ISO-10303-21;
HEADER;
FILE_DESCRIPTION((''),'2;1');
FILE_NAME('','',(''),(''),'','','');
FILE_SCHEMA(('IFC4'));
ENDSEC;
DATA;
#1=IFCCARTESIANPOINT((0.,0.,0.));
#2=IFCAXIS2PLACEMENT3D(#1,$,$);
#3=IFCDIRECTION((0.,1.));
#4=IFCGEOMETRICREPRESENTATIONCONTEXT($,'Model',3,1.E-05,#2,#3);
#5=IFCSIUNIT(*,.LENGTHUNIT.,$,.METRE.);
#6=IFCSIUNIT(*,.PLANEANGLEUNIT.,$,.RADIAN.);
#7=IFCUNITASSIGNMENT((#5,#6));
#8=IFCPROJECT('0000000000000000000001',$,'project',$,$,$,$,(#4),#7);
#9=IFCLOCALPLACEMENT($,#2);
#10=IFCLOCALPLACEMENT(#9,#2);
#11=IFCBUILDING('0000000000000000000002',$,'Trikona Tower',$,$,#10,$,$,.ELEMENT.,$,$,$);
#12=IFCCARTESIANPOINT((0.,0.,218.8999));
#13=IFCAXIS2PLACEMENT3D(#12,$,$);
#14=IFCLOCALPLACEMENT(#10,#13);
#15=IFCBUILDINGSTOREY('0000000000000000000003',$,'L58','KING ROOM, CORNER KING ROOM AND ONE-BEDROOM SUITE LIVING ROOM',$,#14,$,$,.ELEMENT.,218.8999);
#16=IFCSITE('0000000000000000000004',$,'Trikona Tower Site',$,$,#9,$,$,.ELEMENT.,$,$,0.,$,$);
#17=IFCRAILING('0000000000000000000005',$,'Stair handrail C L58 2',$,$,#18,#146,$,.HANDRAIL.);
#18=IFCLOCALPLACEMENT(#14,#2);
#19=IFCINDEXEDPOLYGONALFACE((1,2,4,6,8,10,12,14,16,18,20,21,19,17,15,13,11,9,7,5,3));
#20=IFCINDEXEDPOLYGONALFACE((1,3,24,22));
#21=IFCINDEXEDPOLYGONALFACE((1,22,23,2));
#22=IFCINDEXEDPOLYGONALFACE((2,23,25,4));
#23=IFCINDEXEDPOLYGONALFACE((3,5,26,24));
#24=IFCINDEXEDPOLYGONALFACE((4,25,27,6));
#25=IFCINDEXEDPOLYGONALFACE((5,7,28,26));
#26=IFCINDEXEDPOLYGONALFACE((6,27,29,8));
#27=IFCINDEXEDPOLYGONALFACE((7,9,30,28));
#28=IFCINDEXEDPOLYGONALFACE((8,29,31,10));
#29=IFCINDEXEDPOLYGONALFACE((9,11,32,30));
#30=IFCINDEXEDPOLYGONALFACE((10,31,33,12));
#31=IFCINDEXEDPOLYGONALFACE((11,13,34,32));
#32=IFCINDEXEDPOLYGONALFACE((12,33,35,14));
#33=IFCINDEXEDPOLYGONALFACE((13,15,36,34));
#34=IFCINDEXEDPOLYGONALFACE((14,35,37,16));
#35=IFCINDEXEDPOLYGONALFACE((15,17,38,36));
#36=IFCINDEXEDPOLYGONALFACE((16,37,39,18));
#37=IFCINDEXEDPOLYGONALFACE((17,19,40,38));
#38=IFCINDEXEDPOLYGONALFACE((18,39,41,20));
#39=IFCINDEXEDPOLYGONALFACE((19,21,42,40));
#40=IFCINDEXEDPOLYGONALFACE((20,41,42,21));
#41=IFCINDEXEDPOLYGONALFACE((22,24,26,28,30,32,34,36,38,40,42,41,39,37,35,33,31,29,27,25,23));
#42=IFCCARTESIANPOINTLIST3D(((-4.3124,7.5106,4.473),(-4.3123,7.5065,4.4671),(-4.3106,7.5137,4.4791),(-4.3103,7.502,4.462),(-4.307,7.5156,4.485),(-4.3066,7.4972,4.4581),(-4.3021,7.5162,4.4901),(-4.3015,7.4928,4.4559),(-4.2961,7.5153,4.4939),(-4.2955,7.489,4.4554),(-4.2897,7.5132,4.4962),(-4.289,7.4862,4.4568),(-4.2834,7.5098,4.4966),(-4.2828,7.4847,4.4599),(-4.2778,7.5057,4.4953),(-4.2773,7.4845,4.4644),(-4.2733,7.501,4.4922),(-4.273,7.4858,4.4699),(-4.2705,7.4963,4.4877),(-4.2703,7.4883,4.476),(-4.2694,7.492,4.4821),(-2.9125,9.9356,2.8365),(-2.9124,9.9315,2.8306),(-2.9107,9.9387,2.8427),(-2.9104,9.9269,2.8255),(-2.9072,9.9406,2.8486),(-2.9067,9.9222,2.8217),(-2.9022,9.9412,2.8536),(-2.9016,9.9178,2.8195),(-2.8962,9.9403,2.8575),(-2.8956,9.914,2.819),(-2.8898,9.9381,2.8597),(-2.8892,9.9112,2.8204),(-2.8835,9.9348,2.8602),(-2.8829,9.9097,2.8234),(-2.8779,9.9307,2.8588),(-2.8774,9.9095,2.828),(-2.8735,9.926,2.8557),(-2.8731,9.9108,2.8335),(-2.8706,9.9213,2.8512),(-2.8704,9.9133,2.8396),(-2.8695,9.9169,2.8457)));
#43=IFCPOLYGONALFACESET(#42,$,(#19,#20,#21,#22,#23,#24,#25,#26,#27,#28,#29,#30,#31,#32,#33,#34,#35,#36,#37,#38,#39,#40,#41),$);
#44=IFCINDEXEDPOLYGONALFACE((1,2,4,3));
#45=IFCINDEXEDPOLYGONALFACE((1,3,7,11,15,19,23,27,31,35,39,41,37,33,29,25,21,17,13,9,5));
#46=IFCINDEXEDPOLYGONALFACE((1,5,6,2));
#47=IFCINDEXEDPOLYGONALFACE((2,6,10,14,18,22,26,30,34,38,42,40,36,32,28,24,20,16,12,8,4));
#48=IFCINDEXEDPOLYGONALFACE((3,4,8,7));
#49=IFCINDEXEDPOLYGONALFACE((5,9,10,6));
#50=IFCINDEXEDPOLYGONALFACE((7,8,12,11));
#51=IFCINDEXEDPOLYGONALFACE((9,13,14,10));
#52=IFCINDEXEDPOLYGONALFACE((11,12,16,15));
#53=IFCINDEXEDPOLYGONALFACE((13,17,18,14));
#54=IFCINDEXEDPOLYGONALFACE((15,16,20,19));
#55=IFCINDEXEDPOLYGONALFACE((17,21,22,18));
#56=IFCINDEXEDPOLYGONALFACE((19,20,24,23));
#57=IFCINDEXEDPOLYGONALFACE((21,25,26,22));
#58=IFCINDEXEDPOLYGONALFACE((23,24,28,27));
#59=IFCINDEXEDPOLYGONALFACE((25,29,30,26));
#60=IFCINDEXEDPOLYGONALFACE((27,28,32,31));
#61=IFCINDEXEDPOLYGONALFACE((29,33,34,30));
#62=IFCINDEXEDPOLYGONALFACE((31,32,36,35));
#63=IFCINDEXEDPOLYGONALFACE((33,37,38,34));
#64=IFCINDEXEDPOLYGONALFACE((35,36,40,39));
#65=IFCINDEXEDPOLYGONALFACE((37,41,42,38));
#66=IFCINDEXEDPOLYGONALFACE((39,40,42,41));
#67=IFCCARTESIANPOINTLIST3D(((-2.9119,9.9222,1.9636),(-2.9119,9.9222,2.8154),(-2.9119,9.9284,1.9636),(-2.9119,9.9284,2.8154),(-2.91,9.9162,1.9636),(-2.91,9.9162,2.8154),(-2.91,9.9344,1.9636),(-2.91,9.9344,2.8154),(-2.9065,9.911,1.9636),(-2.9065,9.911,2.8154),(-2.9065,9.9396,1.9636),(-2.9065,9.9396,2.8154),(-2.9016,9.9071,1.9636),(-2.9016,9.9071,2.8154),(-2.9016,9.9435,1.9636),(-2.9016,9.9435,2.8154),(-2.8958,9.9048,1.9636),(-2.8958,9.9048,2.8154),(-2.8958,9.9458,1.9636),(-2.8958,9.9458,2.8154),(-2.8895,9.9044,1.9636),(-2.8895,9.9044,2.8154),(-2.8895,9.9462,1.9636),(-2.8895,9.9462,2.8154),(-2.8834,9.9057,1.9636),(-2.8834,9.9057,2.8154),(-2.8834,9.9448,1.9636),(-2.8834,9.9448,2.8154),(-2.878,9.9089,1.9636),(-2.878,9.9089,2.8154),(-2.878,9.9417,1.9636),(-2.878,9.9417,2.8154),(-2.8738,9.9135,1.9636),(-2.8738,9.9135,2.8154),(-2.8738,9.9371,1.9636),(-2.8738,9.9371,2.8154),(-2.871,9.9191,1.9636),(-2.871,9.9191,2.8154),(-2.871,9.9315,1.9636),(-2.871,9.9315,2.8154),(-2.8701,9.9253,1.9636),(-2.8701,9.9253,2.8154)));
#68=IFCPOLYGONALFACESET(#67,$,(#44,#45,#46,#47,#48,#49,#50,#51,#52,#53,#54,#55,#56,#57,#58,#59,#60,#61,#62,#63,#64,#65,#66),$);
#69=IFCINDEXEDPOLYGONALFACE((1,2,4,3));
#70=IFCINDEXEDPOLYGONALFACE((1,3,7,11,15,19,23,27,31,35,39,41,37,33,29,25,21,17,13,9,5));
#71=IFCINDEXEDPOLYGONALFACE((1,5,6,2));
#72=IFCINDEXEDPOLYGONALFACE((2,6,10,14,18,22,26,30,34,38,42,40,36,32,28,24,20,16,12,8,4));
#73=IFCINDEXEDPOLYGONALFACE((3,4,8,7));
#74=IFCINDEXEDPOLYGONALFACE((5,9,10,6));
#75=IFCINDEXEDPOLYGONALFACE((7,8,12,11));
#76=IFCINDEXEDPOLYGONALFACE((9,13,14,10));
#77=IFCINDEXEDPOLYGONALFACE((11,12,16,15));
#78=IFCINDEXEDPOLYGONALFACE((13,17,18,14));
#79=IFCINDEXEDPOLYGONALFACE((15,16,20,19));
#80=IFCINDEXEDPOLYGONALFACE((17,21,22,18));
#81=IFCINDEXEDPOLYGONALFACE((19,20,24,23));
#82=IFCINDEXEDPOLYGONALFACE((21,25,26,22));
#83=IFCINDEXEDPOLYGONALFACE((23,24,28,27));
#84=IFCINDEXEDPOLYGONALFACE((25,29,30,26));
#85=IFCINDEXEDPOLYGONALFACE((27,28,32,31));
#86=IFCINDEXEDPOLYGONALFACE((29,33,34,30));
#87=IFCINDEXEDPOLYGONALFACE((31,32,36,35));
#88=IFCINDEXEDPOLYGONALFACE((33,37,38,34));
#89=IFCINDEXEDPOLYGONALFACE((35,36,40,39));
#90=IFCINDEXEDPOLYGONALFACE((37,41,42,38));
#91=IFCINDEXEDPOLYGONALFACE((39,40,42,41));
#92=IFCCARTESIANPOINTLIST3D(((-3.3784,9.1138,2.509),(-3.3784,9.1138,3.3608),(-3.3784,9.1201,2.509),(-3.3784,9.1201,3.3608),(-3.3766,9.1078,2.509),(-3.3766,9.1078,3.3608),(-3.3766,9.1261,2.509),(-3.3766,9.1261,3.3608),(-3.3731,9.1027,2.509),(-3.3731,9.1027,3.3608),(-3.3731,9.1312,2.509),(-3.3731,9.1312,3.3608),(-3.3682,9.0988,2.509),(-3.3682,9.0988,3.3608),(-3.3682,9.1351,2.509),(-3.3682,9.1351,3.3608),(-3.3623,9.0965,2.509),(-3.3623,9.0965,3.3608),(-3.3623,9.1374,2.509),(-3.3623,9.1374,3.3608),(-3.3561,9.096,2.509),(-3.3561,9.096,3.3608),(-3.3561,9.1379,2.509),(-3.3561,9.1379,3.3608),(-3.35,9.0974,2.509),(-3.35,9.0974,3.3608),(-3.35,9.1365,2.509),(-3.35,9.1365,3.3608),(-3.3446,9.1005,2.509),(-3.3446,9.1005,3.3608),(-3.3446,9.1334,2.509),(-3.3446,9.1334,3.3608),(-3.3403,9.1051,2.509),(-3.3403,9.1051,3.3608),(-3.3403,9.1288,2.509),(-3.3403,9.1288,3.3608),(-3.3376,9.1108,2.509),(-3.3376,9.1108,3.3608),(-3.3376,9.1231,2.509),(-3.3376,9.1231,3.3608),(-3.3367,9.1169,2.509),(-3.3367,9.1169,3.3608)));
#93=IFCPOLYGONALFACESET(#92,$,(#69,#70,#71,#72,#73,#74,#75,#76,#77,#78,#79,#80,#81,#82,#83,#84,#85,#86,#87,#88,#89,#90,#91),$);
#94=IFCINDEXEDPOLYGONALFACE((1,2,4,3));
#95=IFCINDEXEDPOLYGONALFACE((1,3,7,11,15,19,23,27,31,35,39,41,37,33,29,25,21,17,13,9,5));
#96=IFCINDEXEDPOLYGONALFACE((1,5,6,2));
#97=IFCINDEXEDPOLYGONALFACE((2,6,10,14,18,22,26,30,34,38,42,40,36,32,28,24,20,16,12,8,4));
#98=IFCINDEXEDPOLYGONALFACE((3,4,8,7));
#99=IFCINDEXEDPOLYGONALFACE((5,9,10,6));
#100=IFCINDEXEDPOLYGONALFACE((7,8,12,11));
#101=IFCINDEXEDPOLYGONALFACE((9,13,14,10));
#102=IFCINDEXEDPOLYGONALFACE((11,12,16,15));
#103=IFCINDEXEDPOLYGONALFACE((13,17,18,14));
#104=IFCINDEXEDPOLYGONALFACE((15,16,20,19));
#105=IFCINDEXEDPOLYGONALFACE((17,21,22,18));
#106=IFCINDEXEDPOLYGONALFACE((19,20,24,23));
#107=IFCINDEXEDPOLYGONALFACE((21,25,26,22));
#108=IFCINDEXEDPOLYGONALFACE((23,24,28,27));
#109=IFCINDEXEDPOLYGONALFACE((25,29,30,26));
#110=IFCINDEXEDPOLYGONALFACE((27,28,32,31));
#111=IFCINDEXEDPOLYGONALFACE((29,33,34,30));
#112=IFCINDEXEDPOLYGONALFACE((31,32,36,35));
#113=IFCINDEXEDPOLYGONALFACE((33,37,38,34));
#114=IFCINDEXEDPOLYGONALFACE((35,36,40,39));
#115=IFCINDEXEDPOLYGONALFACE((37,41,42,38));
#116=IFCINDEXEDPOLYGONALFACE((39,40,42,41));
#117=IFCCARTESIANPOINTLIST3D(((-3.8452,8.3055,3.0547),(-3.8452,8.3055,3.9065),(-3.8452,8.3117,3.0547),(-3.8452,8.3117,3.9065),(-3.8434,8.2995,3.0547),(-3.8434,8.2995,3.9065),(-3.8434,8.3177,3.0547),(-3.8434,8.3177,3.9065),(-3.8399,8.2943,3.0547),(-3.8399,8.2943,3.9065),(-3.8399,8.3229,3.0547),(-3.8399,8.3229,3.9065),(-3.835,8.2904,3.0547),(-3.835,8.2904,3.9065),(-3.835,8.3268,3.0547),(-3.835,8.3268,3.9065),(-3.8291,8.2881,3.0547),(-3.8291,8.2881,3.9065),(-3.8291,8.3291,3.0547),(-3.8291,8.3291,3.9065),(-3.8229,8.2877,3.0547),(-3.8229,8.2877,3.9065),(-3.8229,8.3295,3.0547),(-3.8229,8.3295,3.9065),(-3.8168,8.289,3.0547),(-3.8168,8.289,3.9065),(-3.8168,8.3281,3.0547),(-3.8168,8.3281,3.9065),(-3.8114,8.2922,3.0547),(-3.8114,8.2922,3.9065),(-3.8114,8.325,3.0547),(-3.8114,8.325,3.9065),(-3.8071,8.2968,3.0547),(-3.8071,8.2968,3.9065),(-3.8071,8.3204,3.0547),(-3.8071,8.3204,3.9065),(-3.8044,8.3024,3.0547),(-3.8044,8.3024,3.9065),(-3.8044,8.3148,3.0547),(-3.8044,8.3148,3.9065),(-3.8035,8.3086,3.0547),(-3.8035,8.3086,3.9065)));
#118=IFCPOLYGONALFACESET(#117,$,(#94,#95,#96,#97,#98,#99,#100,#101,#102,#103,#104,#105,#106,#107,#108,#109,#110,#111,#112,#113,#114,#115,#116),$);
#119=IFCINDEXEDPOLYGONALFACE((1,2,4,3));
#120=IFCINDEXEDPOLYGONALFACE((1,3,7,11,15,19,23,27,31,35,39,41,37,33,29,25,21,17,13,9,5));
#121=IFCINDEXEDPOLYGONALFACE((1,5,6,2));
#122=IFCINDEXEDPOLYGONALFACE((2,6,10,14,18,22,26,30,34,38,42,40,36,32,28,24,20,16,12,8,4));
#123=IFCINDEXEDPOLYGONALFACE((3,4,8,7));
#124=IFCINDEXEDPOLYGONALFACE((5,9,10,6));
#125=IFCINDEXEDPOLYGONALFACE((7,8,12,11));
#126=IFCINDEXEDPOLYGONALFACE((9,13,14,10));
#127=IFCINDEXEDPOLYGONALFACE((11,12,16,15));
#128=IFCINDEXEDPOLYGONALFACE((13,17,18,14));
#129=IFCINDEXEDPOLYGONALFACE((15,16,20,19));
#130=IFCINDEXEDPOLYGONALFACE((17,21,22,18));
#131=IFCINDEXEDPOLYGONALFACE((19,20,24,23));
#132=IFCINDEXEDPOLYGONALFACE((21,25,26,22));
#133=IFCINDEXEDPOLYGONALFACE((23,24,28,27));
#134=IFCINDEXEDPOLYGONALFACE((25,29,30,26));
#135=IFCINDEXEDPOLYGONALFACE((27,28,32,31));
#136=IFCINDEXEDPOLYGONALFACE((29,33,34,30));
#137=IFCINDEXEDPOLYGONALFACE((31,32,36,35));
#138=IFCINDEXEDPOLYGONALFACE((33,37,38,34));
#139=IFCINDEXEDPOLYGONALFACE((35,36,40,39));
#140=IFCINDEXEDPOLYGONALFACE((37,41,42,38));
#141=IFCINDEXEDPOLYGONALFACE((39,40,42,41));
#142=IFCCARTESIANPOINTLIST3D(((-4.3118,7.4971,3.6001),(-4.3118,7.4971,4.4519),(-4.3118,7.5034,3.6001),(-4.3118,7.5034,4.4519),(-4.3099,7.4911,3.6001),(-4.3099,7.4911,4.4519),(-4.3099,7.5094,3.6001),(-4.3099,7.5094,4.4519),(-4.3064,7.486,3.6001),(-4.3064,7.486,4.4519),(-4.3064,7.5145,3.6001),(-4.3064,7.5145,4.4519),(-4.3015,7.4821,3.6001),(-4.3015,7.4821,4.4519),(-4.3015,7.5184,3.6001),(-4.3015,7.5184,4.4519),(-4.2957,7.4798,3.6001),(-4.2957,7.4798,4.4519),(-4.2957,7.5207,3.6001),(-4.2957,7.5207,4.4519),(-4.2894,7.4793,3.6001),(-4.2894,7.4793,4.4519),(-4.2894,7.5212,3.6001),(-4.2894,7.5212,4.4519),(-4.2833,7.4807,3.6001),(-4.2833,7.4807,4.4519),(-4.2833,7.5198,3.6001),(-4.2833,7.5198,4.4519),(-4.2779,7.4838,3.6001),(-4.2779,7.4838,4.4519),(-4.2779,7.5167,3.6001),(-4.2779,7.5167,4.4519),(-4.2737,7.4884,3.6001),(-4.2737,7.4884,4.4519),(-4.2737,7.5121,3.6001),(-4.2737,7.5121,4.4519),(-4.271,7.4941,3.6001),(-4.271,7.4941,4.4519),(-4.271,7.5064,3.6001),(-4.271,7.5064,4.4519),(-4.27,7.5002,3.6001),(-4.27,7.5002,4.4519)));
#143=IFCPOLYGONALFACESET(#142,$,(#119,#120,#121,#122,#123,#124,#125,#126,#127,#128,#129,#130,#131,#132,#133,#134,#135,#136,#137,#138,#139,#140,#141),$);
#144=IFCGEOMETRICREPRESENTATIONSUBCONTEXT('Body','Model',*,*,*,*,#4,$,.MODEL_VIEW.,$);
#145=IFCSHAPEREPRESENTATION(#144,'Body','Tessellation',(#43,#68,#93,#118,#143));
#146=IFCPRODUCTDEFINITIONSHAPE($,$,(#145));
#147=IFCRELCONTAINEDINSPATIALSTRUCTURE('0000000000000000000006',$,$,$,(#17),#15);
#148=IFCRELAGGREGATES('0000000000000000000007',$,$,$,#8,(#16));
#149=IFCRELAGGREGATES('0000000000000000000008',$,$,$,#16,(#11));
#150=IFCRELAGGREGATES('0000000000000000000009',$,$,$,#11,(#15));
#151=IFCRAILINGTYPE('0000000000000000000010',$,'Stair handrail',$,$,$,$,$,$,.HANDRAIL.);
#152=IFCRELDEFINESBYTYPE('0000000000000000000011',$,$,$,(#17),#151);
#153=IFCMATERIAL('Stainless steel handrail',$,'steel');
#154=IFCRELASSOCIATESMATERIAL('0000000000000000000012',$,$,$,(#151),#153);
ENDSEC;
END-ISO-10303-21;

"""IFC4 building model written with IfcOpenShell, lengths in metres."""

from ifc_helpers import new_model, si_unit, direction, frame, origin, origin_2d, place, context, subcontext, project, spatial, circle, extrude, material, type_object, element, save


model = new_model("IFC4")

# Units and contexts
model_context = context("Model", 3, precision=1e-05, world=origin(), true_north=direction((0.0, 1.0)))
body_context = subcontext(model_context, "Body", "Model", "MODEL_VIEW")
ifc_project = project(units=[si_unit("LENGTHUNIT", "METRE"), si_unit("PLANEANGLEUNIT", "RADIAN")], contexts=[model_context])

# Site, building, storey
site_placement = place(None, origin())
site = spatial("IfcSite", under=ifc_project, at=site_placement, Name="Trikona Tower Site", CompositionType="ELEMENT", RefElevation=0.0)
building_placement = place(site_placement, origin())
building = spatial("IfcBuilding", under=site, at=building_placement, Name="Trikona Tower", CompositionType="ELEMENT")
storey_placement = place(building_placement, frame((0.0, 0.0, 218.8999)))
storey = spatial("IfcBuildingStorey", under=building, at=storey_placement, Name="L58", Description="KING ROOM, CORNER KING ROOM AND ONE-BEDROOM SUITE LIVING ROOM", CompositionType="ELEMENT", Elevation=218.8999)

# Railing
ifc_material_1 = material(Name="Stainless steel handrail", Category="steel")
railing_type = type_object("IfcRailingType", Name="Stair handrail", PredefinedType="HANDRAIL", material=ifc_material_1)
railing_1_placement = place(storey_placement, frame((-2.8911, 9.9253, 1.9636)))
element("IfcRailing", 1, at=railing_1_placement, inside=storey, type_object=railing_type, Name="Stair handrail C L58 2", PredefinedType="HANDRAIL", context=body_context, shape_type="SweptSolid", body=[
    extrude(circle(Radius=0.0239, at=origin_2d()), frame((0.0, 0.0, 0.876), z_axis=(-0.431636, -0.747723, 0.504579), x_axis=(0.866056, -0.499946, 0.0)), (0.0, 0.0, 1.0), 3.2432),
    extrude(circle(Radius=0.021, at=origin_2d()), origin(), (0.0, 0.0, 1.0), 0.8518),
    extrude(circle(Radius=0.021, at=origin_2d()), frame((-0.4666, -0.8083, 0.5454)), (0.0, 0.0, 1.0), 0.8518),
    extrude(circle(Radius=0.021, at=origin_2d()), frame((-0.9333, -1.6167, 1.0911)), (0.0, 0.0, 1.0), 0.8518),
    extrude(circle(Radius=0.021, at=origin_2d()), frame((-1.3999, -2.425, 1.6365)), (0.0, 0.0, 1.0), 0.8518),
])

save(model, "model.ifc")
